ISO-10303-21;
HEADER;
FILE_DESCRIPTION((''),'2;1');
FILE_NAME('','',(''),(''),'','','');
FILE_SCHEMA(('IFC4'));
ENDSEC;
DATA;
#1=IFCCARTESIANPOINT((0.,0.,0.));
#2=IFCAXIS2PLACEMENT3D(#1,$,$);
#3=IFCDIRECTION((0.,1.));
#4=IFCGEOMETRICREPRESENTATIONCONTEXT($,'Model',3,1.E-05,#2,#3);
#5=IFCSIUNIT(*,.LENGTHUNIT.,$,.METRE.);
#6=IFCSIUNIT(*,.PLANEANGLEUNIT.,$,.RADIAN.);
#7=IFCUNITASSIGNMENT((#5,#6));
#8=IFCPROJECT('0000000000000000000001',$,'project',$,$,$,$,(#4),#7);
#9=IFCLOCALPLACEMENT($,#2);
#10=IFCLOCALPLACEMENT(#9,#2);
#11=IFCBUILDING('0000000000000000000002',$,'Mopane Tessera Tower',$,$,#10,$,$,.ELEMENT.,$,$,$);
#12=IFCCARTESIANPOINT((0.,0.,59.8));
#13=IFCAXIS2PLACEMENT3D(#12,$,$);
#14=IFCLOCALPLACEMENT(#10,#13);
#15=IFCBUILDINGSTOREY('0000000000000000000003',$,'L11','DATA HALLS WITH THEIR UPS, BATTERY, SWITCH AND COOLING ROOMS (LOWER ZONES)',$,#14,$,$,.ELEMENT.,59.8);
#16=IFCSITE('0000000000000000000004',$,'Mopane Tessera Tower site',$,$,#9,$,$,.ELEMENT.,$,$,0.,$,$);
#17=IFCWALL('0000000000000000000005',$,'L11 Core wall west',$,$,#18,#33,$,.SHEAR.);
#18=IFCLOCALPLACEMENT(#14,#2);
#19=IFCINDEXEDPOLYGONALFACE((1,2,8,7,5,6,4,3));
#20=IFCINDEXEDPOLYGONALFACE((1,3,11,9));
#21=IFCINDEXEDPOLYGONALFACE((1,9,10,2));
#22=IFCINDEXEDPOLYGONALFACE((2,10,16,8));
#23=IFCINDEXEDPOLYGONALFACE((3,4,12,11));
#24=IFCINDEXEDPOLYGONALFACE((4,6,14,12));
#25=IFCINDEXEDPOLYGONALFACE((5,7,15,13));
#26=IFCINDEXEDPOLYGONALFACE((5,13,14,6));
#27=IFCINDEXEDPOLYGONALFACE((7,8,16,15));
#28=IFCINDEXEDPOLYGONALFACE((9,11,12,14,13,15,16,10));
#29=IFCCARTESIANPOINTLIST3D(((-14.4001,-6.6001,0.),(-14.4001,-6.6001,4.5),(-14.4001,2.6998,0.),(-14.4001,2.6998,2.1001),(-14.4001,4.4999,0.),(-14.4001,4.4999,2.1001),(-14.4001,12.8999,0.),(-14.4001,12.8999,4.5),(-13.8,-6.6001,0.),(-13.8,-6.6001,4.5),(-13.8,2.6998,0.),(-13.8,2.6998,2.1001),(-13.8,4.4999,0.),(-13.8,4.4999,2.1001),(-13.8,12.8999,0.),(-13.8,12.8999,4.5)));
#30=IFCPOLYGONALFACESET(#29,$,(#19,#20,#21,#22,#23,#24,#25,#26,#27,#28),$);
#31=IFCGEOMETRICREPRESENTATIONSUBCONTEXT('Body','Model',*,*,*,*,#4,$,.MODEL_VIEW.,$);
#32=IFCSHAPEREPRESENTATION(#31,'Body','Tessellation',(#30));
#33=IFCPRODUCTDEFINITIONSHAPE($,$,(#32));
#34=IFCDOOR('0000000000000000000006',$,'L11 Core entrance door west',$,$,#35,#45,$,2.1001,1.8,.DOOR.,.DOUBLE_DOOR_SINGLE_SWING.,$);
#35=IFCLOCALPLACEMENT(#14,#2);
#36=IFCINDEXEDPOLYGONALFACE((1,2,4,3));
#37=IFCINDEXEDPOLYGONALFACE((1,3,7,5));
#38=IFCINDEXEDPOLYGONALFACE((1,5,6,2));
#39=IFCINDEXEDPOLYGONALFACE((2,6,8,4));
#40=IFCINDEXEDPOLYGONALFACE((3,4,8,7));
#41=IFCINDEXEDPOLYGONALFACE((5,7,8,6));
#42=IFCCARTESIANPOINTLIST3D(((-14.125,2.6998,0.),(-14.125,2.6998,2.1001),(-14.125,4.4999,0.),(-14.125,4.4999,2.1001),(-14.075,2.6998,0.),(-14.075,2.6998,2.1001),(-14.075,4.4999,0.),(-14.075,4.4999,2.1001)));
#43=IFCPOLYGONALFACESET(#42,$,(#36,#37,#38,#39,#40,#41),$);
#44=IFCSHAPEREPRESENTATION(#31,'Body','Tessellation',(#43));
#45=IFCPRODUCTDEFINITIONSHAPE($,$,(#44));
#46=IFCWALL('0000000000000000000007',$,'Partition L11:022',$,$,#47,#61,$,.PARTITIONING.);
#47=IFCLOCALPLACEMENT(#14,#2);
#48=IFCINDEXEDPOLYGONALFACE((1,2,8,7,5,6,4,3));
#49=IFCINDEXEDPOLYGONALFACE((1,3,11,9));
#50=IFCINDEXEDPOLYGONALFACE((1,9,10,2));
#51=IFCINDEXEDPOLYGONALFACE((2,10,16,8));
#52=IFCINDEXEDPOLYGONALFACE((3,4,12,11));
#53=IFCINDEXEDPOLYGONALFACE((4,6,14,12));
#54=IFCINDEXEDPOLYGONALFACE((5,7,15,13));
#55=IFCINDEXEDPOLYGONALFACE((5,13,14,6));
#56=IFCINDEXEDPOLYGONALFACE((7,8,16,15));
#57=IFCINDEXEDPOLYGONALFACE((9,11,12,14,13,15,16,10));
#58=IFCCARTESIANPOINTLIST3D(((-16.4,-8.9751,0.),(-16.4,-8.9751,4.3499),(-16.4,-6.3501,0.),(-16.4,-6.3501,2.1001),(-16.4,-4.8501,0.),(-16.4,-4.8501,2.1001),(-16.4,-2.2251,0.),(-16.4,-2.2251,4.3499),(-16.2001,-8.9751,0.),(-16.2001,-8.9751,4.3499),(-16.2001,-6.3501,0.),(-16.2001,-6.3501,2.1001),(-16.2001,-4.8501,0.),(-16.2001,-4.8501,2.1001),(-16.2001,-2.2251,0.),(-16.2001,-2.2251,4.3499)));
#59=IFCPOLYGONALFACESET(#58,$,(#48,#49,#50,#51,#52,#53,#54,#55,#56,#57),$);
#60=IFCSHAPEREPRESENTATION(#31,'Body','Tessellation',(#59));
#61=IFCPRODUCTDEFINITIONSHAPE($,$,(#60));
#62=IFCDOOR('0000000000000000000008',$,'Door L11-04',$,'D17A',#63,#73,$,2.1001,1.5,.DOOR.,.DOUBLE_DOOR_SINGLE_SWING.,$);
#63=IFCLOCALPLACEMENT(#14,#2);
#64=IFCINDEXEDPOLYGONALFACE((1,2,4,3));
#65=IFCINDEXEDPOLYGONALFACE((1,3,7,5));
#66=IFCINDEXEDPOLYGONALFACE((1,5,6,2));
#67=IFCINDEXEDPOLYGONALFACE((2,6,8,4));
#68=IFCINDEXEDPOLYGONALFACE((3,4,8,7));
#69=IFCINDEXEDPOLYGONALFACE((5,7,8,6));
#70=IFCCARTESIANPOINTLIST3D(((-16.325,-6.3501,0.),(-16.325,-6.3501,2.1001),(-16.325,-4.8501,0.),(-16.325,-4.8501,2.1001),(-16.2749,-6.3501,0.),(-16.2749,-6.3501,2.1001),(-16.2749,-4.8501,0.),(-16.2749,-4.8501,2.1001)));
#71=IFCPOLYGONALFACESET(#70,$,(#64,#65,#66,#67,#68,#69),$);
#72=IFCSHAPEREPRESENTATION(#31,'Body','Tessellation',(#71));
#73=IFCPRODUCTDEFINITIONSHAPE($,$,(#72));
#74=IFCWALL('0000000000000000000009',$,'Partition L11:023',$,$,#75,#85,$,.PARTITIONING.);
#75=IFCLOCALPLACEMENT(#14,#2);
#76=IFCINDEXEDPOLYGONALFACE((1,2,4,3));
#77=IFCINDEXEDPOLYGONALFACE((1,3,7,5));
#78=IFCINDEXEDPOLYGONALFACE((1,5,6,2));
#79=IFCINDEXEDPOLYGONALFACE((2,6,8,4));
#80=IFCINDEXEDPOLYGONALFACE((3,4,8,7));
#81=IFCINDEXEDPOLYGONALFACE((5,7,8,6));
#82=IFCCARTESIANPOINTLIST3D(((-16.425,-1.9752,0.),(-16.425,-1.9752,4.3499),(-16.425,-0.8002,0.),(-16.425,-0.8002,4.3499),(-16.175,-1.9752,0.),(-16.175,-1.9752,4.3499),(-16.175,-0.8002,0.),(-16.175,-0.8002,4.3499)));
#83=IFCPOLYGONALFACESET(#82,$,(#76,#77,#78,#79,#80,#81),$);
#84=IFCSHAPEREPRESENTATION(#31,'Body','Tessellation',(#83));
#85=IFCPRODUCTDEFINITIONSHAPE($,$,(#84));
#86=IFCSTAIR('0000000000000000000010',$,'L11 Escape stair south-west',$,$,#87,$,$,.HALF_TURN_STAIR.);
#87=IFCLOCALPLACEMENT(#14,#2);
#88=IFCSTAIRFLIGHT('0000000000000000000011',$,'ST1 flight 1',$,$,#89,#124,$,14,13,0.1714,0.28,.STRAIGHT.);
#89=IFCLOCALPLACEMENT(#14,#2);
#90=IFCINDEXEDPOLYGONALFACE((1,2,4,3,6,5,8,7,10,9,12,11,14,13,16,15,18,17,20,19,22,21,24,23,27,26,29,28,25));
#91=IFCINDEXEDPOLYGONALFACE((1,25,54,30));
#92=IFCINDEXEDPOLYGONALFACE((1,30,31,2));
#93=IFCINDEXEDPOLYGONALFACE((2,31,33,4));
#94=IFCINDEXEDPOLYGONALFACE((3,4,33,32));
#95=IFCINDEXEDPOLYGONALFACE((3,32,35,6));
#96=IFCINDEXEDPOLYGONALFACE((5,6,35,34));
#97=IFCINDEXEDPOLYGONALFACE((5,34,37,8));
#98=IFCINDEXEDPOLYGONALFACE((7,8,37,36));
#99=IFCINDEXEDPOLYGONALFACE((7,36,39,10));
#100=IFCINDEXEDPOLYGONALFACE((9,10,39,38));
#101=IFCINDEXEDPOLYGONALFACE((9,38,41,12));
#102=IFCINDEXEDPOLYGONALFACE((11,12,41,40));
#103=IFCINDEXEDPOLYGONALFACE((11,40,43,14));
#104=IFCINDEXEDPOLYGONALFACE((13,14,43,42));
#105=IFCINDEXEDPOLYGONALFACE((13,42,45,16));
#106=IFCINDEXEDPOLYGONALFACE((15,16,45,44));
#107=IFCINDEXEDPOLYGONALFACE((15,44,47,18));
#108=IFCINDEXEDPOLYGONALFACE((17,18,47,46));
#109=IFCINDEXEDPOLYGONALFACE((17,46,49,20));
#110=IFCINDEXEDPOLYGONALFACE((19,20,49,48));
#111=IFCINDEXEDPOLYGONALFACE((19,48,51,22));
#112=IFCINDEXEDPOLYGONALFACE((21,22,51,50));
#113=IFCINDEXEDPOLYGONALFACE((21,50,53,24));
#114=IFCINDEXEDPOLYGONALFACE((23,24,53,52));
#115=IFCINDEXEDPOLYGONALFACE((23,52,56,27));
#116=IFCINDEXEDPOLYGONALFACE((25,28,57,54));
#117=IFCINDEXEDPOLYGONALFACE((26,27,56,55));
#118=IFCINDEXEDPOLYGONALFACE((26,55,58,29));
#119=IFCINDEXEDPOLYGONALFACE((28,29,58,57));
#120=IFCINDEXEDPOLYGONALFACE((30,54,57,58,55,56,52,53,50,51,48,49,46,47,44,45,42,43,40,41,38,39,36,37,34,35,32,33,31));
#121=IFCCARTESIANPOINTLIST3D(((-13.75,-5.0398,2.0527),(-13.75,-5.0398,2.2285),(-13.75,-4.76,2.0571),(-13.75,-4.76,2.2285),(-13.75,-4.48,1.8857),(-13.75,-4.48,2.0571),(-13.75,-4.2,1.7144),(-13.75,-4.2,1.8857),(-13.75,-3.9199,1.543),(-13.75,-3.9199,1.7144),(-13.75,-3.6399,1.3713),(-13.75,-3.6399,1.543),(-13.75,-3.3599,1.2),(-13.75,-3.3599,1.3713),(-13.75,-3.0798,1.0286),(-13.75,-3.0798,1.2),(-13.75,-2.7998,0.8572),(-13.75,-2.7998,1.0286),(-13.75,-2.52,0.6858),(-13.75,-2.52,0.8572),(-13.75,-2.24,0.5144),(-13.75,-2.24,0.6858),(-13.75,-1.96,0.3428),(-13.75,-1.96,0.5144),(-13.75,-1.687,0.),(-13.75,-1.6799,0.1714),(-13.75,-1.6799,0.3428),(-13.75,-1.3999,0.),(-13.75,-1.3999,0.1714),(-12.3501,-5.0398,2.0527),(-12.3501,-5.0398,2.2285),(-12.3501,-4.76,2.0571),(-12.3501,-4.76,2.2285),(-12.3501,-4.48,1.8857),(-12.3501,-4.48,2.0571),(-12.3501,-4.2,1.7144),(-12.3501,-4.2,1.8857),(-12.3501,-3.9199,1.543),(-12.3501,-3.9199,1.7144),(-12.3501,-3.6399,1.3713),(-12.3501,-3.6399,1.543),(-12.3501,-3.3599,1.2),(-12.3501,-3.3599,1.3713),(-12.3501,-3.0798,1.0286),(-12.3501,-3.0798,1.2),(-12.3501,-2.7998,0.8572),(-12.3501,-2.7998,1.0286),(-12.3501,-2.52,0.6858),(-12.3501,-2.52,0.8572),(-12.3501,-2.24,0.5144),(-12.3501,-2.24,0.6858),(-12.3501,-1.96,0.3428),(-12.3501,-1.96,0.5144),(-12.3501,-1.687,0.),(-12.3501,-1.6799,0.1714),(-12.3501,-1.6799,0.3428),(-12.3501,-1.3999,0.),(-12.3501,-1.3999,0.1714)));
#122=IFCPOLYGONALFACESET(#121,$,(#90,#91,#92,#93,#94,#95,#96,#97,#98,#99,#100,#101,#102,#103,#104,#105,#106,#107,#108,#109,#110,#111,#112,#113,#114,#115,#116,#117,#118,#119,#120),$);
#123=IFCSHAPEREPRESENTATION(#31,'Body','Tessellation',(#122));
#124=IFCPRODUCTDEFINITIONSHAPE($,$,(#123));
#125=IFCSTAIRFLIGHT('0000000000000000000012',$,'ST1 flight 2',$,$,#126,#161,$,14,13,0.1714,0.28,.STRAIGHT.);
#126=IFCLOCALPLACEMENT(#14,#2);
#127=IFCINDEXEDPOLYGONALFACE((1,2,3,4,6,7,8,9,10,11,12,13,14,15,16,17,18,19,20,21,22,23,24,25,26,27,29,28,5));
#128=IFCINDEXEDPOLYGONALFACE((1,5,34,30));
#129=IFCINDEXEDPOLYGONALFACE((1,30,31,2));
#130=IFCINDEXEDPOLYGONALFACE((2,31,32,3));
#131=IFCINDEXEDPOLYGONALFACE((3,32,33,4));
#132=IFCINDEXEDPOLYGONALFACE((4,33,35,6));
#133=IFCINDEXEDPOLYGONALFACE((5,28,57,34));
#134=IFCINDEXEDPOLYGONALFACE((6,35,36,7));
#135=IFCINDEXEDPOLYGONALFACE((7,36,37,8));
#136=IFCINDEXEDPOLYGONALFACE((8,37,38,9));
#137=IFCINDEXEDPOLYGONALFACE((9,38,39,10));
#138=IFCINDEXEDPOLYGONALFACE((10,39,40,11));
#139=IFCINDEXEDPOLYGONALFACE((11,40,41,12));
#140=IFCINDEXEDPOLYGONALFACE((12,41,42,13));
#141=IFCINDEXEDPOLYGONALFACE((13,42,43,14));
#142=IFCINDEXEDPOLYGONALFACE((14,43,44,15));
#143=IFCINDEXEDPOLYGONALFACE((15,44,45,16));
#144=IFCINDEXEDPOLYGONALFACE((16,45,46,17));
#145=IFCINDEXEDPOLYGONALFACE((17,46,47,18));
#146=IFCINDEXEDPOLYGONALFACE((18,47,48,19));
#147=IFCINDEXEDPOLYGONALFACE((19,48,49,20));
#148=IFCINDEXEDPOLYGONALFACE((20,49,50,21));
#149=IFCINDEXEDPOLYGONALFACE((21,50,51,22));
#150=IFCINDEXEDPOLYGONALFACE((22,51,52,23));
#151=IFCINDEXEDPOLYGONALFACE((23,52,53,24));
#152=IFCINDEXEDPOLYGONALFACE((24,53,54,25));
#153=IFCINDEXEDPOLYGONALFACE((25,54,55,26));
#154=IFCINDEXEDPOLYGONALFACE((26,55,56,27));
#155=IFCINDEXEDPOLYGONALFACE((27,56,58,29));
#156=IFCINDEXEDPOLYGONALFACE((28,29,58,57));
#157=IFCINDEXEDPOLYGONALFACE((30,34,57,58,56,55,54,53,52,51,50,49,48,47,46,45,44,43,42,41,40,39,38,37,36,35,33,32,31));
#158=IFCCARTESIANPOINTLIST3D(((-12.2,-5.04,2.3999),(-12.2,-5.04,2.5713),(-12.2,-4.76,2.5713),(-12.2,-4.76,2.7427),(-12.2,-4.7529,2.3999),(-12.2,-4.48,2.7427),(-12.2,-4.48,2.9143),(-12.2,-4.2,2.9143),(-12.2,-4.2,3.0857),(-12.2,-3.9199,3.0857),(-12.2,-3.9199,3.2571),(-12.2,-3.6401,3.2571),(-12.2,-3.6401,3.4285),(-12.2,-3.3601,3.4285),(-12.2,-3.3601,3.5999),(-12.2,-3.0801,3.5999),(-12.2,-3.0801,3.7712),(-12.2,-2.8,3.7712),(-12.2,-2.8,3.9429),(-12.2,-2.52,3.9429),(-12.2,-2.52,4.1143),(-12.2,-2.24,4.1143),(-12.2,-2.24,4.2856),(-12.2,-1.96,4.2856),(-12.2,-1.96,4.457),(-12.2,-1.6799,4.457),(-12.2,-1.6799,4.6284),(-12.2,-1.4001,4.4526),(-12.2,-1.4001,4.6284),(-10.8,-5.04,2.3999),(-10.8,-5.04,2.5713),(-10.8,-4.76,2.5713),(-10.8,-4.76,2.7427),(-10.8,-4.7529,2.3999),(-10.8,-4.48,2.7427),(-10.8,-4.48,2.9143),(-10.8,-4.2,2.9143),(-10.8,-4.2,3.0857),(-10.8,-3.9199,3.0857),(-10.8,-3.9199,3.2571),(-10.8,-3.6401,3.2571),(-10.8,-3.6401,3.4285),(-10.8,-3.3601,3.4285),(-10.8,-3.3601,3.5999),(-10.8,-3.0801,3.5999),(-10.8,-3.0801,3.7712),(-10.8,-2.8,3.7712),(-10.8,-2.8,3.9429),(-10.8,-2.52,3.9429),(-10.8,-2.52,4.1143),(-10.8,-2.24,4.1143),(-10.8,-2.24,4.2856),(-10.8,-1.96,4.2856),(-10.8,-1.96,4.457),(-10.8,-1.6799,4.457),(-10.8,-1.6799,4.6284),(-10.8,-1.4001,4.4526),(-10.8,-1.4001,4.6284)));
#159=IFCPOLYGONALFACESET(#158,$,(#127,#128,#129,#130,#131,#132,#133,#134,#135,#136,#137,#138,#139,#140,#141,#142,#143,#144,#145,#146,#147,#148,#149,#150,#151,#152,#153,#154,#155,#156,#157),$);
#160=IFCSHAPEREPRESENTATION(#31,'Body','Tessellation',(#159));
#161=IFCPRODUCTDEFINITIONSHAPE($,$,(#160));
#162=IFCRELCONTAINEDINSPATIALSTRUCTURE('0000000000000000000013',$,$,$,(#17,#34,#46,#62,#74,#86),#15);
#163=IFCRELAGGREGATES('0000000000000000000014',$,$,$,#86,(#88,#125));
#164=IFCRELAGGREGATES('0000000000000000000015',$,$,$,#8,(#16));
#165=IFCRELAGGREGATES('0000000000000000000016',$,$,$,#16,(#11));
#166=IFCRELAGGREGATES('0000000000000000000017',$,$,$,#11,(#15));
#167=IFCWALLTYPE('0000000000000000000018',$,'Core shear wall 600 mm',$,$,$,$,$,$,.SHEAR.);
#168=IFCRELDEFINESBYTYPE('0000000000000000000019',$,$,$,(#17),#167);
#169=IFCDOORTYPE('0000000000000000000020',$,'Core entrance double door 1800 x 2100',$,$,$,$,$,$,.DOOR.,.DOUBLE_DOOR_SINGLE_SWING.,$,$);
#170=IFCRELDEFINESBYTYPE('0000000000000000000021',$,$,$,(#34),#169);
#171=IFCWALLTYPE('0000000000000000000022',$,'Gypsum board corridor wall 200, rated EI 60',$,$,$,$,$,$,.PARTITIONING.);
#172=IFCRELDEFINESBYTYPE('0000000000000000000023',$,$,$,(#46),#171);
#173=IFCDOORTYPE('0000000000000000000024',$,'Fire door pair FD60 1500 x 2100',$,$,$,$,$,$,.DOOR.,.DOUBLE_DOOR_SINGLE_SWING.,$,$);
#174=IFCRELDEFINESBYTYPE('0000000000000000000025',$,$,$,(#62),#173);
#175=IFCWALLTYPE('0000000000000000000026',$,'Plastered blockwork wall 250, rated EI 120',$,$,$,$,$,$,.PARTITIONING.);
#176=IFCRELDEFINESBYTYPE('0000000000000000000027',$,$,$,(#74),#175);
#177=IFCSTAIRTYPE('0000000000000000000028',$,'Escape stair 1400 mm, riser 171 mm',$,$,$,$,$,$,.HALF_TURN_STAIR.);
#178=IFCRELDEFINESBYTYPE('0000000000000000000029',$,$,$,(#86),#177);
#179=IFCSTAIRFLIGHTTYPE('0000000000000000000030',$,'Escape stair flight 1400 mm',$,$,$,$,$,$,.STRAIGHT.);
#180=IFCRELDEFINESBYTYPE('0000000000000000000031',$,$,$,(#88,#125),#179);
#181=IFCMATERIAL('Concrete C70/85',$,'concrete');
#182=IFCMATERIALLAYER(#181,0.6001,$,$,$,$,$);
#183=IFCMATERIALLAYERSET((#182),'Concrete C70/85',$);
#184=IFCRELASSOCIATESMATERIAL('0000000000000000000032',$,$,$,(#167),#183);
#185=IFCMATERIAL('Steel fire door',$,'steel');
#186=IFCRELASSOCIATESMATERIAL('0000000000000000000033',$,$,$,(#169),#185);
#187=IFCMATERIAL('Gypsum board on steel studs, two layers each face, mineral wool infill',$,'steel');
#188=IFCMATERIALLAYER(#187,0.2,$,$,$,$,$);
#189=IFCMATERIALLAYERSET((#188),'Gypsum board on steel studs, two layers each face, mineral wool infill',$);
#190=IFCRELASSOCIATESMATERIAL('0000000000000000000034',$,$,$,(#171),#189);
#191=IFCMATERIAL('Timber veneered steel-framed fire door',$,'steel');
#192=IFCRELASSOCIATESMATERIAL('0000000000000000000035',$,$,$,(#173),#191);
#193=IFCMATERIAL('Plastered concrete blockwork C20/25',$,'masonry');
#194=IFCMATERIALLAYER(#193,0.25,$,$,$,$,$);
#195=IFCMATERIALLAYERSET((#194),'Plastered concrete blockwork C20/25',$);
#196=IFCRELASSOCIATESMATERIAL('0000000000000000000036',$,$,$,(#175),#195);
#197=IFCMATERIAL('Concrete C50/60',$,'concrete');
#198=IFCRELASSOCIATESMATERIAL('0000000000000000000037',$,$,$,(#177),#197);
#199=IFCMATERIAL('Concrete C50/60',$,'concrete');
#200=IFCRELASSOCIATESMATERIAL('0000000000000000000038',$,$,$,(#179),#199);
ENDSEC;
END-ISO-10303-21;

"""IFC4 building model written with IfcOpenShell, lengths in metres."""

from ifc_helpers import new_model, si_unit, direction, frame, frame_2d, origin, place, context, subcontext, project, spatial, polyline, rectangle, outline, extrude, material, layer, layer_set, type_object, element, fill, aggregate, save


model = new_model("IFC4")

# Units and contexts
model_context = context("Model", 3, precision=1e-05, world=origin(), true_north=direction((0.0, 1.0)))
body_context = subcontext(model_context, "Body", "Model", "MODEL_VIEW")
ifc_project = project(units=[si_unit("LENGTHUNIT", "METRE"), si_unit("PLANEANGLEUNIT", "RADIAN")], contexts=[model_context])

# Site, building, storey
site_placement = place(None, origin())
site = spatial("IfcSite", under=ifc_project, at=site_placement, Name="Mopane Tessera Tower site", CompositionType="ELEMENT", RefElevation=0.0)
building_placement = place(site_placement, origin())
building = spatial("IfcBuilding", under=site, at=building_placement, Name="Mopane Tessera Tower", CompositionType="ELEMENT")
storey_placement = place(building_placement, frame((0.0, 0.0, 59.8)))
storey = spatial("IfcBuildingStorey", under=building, at=storey_placement, Name="L11", Description="DATA HALLS WITH THEIR UPS, BATTERY, SWITCH AND COOLING ROOMS (LOWER ZONES)", CompositionType="ELEMENT", Elevation=59.8)

# Shared definitions
ifc_material_1 = material(Name="Concrete C70/85", Category="concrete")
ifc_layer_1 = layer(ifc_material_1, 0.6001)
ifc_layer_set_1 = layer_set([ifc_layer_1], Name="Concrete C70/85")
wall_type_1 = type_object("IfcWallType", Name="Core shear wall 600 mm", PredefinedType="SHEAR", material=ifc_layer_set_1)
ifc_material_2 = material(Name="Steel fire door", Category="steel")
door_type_1 = type_object("IfcDoorType", Name="Core entrance double door 1800 x 2100", OperationType="DOUBLE_DOOR_SINGLE_SWING", PredefinedType="DOOR", material=ifc_material_2)

# Walls, openings, doors
wall_1_placement = place(storey_placement, frame((-14.1001, -6.6001, 0.0), z_axis=(0.0, 0.0, 1.0), x_axis=(0.0, 1.0, 0.0)))
wall_1 = element("IfcWall", 1, at=wall_1_placement, inside=storey, type_object=wall_type_1, Name="L11 Core wall west", PredefinedType="SHEAR", context=body_context, shape_type="SweptSolid", body=[
    extrude(rectangle(XDim=19.5, YDim=0.6001, at=frame_2d((9.75, 0.0))), origin(), (0.0, 0.0, 1.0), 4.5),
])
opening_1_placement = place(wall_1_placement, frame((9.3, 0.0, 0.0)))
opening_1 = element("IfcOpeningElement", 2, at=opening_1_placement, cuts=wall_1, PredefinedType="OPENING", context=body_context, shape_type="SweptSolid", body=[
    extrude(rectangle(XDim=1.8, YDim=2.1001, at=frame_2d((0.8999, 1.05))), frame((0.0, 0.312, 0.0), z_axis=(0.0, -1.0, 0.0), x_axis=(1.0, 0.0, 0.0)), (0.0, 0.0, 1.0), 0.624),
])
door_1_placement = place(opening_1_placement, origin())
door_1 = element("IfcDoor", 3, at=door_1_placement, inside=storey, type_object=door_type_1, Name="L11 Core entrance door west", OperationType="DOUBLE_DOOR_SINGLE_SWING", OverallHeight=2.1001, OverallWidth=1.8, PredefinedType="DOOR", context=body_context, shape_type="SweptSolid", body=[
    extrude(rectangle(XDim=1.8, YDim=2.1001, at=frame_2d((0.8999, 1.05))), frame((0.0, 0.0249, 0.0), z_axis=(0.0, -1.0, 0.0), x_axis=(1.0, 0.0, 0.0)), (0.0, 0.0, 1.0), 0.05),
])
fill(opening_1, door_1)
ifc_material_3 = material(Name="Gypsum board on steel studs, two layers each face, mineral wool infill", Category="steel")
ifc_layer_2 = layer(ifc_material_3, 0.2)
ifc_layer_set_2 = layer_set([ifc_layer_2], Name="Gypsum board on steel studs, two layers each face, mineral wool infill")
wall_type_2 = type_object("IfcWallType", Name="Gypsum board corridor wall 200, rated EI 60", PredefinedType="PARTITIONING", material=ifc_layer_set_2)
wall_2_placement = place(storey_placement, frame((-16.3, -8.9751, 0.0), z_axis=(0.0, 0.0, 1.0), x_axis=(0.0, 1.0, 0.0)))
wall_2 = element("IfcWall", 4, at=wall_2_placement, inside=storey, type_object=wall_type_2, Name="Partition L11:022", PredefinedType="PARTITIONING", context=body_context, shape_type="SweptSolid", body=[
    extrude(rectangle(XDim=6.75, YDim=0.2, at=frame_2d((3.375, 0.0))), origin(), (0.0, 0.0, 1.0), 4.3499),
])
opening_2_placement = place(wall_2_placement, frame((2.625, 0.0, 0.0)))
opening_2 = element("IfcOpeningElement", 5, at=opening_2_placement, cuts=wall_2, PredefinedType="OPENING", context=body_context, shape_type="SweptSolid", body=[
    extrude(rectangle(XDim=1.5, YDim=2.1001, at=frame_2d((0.75, 1.05))), frame((0.0, 0.1121, 0.0), z_axis=(0.0, -1.0, 0.0), x_axis=(1.0, 0.0, 0.0)), (0.0, 0.0, 1.0), 0.2239),
])
ifc_material_4 = material(Name="Timber veneered steel-framed fire door", Category="steel")
door_type_2 = type_object("IfcDoorType", Name="Fire door pair FD60 1500 x 2100", OperationType="DOUBLE_DOOR_SINGLE_SWING", PredefinedType="DOOR", material=ifc_material_4)
door_2_placement = place(opening_2_placement, origin())
door_2 = element("IfcDoor", 6, at=door_2_placement, inside=storey, type_object=door_type_2, Name="Door L11-04", ObjectType="D17A", OperationType="DOUBLE_DOOR_SINGLE_SWING", OverallHeight=2.1001, OverallWidth=1.5, PredefinedType="DOOR", context=body_context, shape_type="SweptSolid", body=[
    extrude(rectangle(XDim=1.5, YDim=2.1001, at=frame_2d((0.75, 1.05))), frame((0.0, 0.0249, 0.0), z_axis=(0.0, -1.0, 0.0), x_axis=(1.0, 0.0, 0.0)), (0.0, 0.0, 1.0), 0.05),
])
fill(opening_2, door_2)

# Wall
ifc_material_5 = material(Name="Plastered concrete blockwork C20/25", Category="masonry")
ifc_layer_3 = layer(ifc_material_5, 0.25)
ifc_layer_set_3 = layer_set([ifc_layer_3], Name="Plastered concrete blockwork C20/25")
wall_type_3 = type_object("IfcWallType", Name="Plastered blockwork wall 250, rated EI 120", PredefinedType="PARTITIONING", material=ifc_layer_set_3)
wall_3_placement = place(storey_placement, frame((-16.3, -1.9751, 0.0), z_axis=(0.0, 0.0, 1.0), x_axis=(0.0, 1.0, 0.0)))
element("IfcWall", 7, at=wall_3_placement, inside=storey, type_object=wall_type_3, Name="Partition L11:023", PredefinedType="PARTITIONING", context=body_context, shape_type="SweptSolid", body=[
    extrude(rectangle(XDim=1.175, YDim=0.25, at=frame_2d((0.5874, 0.0))), origin(), (0.0, 0.0, 1.0), 4.3499),
])

# Stair, stair flights
ifc_material_6 = material(Name="Concrete C50/60", Category="concrete")
stair_type = type_object("IfcStairType", Name="Escape stair 1400 mm, riser 171 mm", PredefinedType="HALF_TURN_STAIR", material=ifc_material_6)
stair_placement = place(storey_placement, origin())
stair = element("IfcStair", 8, at=stair_placement, inside=storey, type_object=stair_type, Name="L11 Escape stair south-west", PredefinedType="HALF_TURN_STAIR")
ifc_material_7 = material(Name="Concrete C50/60", Category="concrete")
stair_flight_type = type_object("IfcStairFlightType", Name="Escape stair flight 1400 mm", PredefinedType="STRAIGHT", material=ifc_material_7)
stair_flight_1_placement = place(storey_placement, frame((-13.05, -1.3999, 0.0), z_axis=(0.0, 0.0, 1.0), x_axis=(0.0, -1.0, 0.0)))
stair_flight_1 = element("IfcStairFlight", 9, at=stair_flight_1_placement, type_object=stair_flight_type, Name="ST1 flight 1", NumberOfRisers=14, NumberOfTreads=13, PredefinedType="STRAIGHT", RiserHeight=0.1714, TreadLength=0.28, context=body_context, shape_type="SweptSolid", body=[
    extrude(outline(polyline([(0.0, 0.0), (0.0, 0.1714), (0.28, 0.1714), (0.28, 0.3428), (0.5601, 0.3428), (0.5601, 0.5144), (0.8401, 0.5144), (0.8401, 0.6858), (1.1201, 0.6858), (1.1201, 0.8572), (1.3999, 0.8572), (1.3999, 1.0286), (1.6799, 1.0286), (1.6799, 1.2), (1.96, 1.2), (1.96, 1.3713), (2.24, 1.3713), (2.24, 1.543), (2.52, 1.543), (2.52, 1.7144), (2.8, 1.7144), (2.8, 1.8857), (3.0801, 1.8857), (3.0801, 2.0571), (3.3601, 2.0571), (3.3601, 2.2285), (3.6399, 2.2285), (3.6399, 2.3999), (3.6399, 2.0527), (0.2871, 0.0), (0.0, 0.0)])), frame((0.0, 0.7, 0.0), z_axis=(0.0, -1.0, 0.0), x_axis=(1.0, 0.0, 0.0)), (0.0, 0.0, 1.0), 1.3999),
])
stair_flight_2_placement = place(storey_placement, frame((-11.5, -5.04, 2.3999), z_axis=(0.0, 0.0, 1.0), x_axis=(0.0, 1.0, 0.0)))
stair_flight_2 = element("IfcStairFlight", 10, at=stair_flight_2_placement, type_object=stair_flight_type, Name="ST1 flight 2", NumberOfRisers=14, NumberOfTreads=13, PredefinedType="STRAIGHT", RiserHeight=0.1714, TreadLength=0.28, context=body_context, shape_type="SweptSolid", body=[
    extrude(outline(polyline([(0.0, 0.0), (0.0, 0.1714), (0.28, 0.1714), (0.28, 0.3428), (0.5601, 0.3428), (0.5601, 0.5144), (0.8401, 0.5144), (0.8401, 0.6858), (1.1201, 0.6858), (1.1201, 0.8572), (1.3999, 0.8572), (1.3999, 1.0286), (1.6799, 1.0286), (1.6799, 1.2), (1.96, 1.2), (1.96, 1.3713), (2.24, 1.3713), (2.24, 1.543), (2.52, 1.543), (2.52, 1.7144), (2.8, 1.7144), (2.8, 1.8857), (3.0801, 1.8857), (3.0801, 2.0571), (3.3601, 2.0571), (3.3601, 2.2285), (3.6399, 2.2285), (3.6399, 2.3999), (3.6399, 2.0527), (0.2871, 0.0), (0.0, 0.0)])), frame((0.0, 0.7, 0.0), z_axis=(0.0, -1.0, 0.0), x_axis=(1.0, 0.0, 0.0)), (0.0, 0.0, 1.0), 1.3999),
])
aggregate(stair, [stair_flight_1, stair_flight_2])

save(model, "model.ifc")
